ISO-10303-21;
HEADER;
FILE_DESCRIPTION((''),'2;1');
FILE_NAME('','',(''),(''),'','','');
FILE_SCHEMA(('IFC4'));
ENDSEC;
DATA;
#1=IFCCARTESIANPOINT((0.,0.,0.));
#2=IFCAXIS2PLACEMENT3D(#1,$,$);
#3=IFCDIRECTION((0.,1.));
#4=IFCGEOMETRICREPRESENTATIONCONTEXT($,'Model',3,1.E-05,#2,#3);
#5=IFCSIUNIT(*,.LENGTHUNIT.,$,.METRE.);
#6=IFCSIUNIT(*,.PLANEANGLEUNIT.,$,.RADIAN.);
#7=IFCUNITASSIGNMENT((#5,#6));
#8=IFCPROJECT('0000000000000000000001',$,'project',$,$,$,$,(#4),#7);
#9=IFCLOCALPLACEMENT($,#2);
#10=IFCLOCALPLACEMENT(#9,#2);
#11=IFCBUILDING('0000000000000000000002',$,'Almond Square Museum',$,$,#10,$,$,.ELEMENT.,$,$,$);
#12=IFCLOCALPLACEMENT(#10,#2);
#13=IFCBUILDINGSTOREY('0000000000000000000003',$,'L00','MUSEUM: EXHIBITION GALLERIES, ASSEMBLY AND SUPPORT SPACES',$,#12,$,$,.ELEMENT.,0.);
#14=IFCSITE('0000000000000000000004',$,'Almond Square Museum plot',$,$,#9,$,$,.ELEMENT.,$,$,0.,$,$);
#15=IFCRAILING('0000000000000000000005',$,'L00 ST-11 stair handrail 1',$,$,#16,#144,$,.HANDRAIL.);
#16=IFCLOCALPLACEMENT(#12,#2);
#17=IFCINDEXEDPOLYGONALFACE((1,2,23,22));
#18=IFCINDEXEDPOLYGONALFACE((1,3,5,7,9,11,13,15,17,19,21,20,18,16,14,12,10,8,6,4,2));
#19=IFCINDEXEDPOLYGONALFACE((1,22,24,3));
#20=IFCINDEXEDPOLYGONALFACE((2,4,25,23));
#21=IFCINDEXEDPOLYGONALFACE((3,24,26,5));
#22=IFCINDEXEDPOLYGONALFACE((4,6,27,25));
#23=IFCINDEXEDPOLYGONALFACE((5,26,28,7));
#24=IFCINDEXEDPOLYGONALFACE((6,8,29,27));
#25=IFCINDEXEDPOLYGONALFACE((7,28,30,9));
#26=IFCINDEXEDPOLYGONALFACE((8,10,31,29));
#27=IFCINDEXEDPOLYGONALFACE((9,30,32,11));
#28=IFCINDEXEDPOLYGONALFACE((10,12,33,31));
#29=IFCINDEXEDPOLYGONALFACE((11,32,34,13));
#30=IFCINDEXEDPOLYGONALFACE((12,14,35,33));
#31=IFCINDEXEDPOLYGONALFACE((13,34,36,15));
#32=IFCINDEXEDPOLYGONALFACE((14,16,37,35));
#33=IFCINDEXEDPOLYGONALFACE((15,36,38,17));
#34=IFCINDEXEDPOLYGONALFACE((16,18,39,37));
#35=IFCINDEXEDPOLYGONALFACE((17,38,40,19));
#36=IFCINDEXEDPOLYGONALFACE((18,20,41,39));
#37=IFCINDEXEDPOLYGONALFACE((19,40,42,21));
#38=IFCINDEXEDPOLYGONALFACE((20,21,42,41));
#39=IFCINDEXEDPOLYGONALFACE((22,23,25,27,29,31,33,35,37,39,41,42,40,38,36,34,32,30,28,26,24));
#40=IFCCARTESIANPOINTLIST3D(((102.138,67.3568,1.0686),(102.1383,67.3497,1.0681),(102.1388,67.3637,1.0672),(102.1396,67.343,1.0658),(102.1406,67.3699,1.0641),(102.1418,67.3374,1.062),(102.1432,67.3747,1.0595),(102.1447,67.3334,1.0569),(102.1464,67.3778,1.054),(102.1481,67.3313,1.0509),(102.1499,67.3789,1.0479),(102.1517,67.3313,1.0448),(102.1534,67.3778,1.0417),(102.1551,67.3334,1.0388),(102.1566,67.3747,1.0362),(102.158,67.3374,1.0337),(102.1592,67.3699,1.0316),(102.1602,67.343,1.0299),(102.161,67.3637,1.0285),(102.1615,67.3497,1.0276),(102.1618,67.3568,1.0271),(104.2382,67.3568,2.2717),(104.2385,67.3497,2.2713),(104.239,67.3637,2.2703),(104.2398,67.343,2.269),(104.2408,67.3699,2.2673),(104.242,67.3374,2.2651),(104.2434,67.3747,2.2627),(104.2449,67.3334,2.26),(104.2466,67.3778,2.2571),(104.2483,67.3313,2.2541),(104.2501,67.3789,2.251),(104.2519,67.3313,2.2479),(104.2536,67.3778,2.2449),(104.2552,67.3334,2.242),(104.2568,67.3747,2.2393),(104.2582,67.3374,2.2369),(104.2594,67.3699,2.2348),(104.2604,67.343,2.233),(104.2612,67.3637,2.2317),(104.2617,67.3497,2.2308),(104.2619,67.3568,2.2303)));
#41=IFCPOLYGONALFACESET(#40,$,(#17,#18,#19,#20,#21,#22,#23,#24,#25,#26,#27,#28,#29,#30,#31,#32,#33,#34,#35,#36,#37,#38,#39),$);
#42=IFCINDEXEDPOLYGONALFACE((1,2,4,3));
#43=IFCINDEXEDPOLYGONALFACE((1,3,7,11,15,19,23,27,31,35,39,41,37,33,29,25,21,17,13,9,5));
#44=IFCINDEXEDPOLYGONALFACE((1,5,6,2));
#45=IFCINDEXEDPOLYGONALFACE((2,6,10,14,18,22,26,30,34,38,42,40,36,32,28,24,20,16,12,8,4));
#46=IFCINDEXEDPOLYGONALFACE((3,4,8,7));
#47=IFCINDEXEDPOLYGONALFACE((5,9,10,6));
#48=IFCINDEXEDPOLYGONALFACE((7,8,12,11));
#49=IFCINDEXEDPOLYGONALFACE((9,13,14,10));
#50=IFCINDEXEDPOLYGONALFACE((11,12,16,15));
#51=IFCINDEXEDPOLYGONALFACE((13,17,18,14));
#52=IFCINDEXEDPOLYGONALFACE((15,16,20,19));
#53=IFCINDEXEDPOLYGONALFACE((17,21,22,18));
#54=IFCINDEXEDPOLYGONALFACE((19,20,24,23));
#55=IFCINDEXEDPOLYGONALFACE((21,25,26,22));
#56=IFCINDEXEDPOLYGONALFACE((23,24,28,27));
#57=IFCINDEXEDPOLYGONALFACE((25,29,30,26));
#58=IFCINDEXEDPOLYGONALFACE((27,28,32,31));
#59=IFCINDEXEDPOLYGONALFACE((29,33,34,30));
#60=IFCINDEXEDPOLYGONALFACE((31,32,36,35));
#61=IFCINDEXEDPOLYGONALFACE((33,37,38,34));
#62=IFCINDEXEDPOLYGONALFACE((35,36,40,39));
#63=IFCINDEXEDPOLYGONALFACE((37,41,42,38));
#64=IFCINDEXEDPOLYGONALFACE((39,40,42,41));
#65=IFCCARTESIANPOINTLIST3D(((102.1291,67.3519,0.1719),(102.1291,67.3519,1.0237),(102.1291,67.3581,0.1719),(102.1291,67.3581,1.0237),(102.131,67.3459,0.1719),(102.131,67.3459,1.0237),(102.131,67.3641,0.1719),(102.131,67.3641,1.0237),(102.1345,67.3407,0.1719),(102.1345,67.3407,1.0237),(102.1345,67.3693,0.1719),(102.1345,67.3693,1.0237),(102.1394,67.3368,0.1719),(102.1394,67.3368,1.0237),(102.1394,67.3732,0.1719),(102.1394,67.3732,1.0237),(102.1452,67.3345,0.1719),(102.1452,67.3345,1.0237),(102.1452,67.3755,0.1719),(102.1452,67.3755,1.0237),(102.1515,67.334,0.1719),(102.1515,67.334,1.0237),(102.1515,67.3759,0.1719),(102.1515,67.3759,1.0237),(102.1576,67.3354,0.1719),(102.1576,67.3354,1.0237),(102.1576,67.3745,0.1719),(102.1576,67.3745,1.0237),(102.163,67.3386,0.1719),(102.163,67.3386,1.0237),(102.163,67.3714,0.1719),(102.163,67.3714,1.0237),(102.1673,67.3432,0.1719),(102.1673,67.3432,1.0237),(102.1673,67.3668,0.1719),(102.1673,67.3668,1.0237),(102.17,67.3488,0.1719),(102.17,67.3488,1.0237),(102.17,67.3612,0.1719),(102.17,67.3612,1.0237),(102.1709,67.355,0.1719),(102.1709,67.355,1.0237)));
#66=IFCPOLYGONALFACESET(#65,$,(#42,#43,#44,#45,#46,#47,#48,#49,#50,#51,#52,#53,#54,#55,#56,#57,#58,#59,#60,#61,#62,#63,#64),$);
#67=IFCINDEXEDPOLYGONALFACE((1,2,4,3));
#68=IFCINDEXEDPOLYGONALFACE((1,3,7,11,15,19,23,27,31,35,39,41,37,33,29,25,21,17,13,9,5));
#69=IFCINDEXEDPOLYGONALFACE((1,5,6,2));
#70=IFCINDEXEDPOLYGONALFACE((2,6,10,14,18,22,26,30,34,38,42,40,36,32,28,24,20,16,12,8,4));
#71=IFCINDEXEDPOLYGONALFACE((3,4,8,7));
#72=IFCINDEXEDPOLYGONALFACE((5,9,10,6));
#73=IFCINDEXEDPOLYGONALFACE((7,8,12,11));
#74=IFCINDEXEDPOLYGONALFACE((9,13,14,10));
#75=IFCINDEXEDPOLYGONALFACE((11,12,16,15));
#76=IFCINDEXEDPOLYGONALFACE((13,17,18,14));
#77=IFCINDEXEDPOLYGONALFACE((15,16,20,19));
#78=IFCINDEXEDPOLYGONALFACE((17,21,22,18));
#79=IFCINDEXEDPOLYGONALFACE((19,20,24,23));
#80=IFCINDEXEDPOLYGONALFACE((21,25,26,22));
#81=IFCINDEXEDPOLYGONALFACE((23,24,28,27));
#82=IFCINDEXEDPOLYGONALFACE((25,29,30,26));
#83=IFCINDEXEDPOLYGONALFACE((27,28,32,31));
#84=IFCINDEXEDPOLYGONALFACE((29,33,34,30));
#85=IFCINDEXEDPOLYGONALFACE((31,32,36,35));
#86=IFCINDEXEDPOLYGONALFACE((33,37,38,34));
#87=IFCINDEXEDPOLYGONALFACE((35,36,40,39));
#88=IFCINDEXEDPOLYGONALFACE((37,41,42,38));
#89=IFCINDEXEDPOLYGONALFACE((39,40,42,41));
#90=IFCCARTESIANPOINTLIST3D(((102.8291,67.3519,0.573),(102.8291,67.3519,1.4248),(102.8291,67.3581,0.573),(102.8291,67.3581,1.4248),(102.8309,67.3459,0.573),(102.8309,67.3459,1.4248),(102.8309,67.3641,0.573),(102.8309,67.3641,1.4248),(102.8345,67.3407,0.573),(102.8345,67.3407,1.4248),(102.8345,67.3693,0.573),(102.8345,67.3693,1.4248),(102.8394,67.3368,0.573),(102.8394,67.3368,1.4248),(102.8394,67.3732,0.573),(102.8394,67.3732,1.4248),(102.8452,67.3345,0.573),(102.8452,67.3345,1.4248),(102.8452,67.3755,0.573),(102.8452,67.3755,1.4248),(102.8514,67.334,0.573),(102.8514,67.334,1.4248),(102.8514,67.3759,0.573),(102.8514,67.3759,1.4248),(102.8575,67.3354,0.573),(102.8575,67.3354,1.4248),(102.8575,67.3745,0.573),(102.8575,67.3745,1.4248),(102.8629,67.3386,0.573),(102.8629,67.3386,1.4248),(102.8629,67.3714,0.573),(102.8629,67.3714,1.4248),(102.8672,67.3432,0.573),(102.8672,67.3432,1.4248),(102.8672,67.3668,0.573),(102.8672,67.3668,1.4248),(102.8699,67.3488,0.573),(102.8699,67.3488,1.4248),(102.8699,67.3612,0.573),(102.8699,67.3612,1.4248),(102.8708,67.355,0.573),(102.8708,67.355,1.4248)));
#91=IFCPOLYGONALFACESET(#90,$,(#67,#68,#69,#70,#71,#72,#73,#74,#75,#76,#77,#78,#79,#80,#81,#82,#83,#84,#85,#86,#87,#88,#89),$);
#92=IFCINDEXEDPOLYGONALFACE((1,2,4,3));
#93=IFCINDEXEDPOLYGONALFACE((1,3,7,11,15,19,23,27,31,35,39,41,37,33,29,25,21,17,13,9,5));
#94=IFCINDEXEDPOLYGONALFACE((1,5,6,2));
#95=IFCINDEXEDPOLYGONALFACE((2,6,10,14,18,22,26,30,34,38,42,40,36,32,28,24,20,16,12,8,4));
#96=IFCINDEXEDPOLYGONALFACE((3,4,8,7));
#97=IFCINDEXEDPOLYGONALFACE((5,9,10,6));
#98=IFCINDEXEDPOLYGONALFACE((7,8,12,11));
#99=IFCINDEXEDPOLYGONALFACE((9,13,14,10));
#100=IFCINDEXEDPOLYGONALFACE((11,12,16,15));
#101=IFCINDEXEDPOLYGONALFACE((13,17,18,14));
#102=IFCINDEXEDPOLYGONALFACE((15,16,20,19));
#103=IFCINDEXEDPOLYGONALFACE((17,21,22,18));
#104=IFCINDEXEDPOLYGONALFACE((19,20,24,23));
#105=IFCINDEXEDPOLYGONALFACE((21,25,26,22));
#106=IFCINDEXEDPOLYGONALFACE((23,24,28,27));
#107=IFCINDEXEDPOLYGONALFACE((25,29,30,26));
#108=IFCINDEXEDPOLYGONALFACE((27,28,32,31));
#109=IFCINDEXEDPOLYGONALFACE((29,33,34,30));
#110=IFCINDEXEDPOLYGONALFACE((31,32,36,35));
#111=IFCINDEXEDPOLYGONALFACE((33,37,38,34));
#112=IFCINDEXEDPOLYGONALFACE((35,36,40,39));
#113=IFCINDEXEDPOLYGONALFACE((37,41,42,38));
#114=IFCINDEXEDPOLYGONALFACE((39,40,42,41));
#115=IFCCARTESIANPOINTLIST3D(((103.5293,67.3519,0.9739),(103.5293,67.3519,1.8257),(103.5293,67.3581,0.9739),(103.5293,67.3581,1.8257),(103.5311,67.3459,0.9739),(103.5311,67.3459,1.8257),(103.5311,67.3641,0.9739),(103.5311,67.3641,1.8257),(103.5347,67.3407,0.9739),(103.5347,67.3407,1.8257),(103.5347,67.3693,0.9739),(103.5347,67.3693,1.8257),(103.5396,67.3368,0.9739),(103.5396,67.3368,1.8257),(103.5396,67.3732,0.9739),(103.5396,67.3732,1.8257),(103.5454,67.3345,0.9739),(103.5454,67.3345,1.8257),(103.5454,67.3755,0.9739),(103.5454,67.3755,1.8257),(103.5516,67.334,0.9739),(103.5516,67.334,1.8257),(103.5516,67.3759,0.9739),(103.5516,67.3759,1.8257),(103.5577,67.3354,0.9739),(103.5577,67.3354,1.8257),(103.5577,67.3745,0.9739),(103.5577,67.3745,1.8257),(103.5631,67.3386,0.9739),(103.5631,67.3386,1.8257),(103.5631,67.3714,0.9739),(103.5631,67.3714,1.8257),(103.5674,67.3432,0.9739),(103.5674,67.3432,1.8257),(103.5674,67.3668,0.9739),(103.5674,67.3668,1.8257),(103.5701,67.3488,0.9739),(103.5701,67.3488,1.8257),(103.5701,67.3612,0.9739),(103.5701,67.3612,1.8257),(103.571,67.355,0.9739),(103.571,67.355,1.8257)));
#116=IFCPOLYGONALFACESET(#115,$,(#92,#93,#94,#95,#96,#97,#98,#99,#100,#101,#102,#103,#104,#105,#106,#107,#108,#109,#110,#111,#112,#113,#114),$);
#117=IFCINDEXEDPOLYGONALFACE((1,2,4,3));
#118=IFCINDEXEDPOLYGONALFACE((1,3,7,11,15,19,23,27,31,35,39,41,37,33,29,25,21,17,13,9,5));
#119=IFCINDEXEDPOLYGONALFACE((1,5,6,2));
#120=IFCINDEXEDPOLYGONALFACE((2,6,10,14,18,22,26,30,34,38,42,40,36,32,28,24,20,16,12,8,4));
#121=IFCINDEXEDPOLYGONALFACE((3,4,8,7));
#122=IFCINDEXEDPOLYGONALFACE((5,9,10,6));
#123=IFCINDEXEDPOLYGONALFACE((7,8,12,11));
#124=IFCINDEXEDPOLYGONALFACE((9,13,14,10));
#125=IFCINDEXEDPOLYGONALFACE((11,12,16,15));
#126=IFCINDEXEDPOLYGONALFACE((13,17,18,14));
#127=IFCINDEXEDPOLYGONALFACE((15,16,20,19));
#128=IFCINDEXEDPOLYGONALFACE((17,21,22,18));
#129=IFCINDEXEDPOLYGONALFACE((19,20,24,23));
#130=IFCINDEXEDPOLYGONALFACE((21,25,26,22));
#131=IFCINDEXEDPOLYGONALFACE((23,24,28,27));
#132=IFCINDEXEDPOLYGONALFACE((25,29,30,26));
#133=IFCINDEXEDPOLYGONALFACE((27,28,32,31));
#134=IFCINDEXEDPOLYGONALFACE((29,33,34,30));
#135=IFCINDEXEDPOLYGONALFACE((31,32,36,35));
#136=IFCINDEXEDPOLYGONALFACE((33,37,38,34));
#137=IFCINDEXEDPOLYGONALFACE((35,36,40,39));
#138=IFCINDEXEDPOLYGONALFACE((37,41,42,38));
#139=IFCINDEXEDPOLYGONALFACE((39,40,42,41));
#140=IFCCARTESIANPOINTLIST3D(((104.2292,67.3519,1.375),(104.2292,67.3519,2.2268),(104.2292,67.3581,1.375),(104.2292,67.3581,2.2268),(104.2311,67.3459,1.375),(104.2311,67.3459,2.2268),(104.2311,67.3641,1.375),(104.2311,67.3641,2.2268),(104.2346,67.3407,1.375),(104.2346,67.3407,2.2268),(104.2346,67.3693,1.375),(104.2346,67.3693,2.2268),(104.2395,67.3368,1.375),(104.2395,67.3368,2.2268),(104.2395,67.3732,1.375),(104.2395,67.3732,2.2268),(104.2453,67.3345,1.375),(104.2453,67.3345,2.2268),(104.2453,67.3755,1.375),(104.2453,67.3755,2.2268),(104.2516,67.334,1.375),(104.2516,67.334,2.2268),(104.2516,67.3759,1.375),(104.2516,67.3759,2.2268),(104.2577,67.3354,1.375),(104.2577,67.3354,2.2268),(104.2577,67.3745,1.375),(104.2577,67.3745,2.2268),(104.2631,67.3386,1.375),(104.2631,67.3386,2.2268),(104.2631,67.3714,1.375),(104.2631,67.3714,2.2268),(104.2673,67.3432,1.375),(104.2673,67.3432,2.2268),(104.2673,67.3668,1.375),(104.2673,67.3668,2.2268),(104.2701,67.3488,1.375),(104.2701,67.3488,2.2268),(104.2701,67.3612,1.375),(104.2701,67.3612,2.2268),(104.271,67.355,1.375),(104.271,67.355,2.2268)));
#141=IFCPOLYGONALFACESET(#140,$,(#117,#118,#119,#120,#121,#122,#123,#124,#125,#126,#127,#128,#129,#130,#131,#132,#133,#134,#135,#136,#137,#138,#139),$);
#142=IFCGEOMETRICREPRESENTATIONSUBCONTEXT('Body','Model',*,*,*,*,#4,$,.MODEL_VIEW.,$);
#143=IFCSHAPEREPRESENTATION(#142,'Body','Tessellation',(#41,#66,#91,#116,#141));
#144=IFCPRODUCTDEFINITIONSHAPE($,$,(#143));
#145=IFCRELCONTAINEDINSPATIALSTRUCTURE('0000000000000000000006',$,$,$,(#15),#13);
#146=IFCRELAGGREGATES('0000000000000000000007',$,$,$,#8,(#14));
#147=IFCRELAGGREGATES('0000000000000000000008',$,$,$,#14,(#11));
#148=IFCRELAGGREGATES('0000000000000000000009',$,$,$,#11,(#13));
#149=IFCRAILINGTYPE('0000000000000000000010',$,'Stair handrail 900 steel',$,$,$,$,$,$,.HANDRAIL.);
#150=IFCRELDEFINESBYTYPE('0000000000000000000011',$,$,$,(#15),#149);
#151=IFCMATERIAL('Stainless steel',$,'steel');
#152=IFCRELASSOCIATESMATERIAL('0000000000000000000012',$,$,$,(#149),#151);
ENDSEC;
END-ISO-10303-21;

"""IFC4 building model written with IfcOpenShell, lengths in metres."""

from ifc_helpers import new_model, si_unit, direction, frame, origin, origin_2d, place, context, subcontext, project, spatial, circle, extrude, material, type_object, element, save


model = new_model("IFC4")

# Units and contexts
model_context = context("Model", 3, precision=1e-05, world=origin(), true_north=direction((0.0, 1.0)))
body_context = subcontext(model_context, "Body", "Model", "MODEL_VIEW")
ifc_project = project(units=[si_unit("LENGTHUNIT", "METRE"), si_unit("PLANEANGLEUNIT", "RADIAN")], contexts=[model_context])

# Site, building, storey
site_placement = place(None, origin())
site = spatial("IfcSite", under=ifc_project, at=site_placement, Name="Almond Square Museum plot", CompositionType="ELEMENT", RefElevation=0.0)
building_placement = place(site_placement, origin())
building = spatial("IfcBuilding", under=site, at=building_placement, Name="Almond Square Museum", CompositionType="ELEMENT")
storey_placement = place(building_placement, origin())
storey = spatial("IfcBuildingStorey", under=building, at=storey_placement, Name="L00", Description="MUSEUM: EXHIBITION GALLERIES, ASSEMBLY AND SUPPORT SPACES", CompositionType="ELEMENT", Elevation=0.0)

# Railing
ifc_material_1 = material(Name="Stainless steel", Category="steel")
railing_type_1 = type_object("IfcRailingType", Name="Stair handrail 900 steel", PredefinedType="HANDRAIL", material=ifc_material_1)
for number, where, name in (
    (1, (102.1499, 67.355, 0.1719), "L00 ST-11 stair handrail 1"),
):
    element("IfcRailing", number, at=place(storey_placement, frame(where)), inside=storey, type_object=railing_type_1, Name=name, PredefinedType="HANDRAIL", context=body_context, shape_type="SweptSolid", body=[
        extrude(circle(Radius=0.0239, at=origin_2d()), frame((0.0, 0.0, 0.876), z_axis=(0.867696, 0.0, 0.497095), x_axis=(0.0, 1.0, 0.0)), (0.0, 0.0, 1.0), 2.4204),
        extrude(circle(Radius=0.021, at=origin_2d()), origin(), (0.0, 0.0, 1.0), 0.8518),
        extrude(circle(Radius=0.021, at=origin_2d()), frame((0.7, 0.0, 0.4011)), (0.0, 0.0, 1.0), 0.8518),
        extrude(circle(Radius=0.021, at=origin_2d()), frame((1.4001, 0.0, 0.802)), (0.0, 0.0, 1.0), 0.8518),
        extrude(circle(Radius=0.021, at=origin_2d()), frame((2.1001, 0.0, 1.2031)), (0.0, 0.0, 1.0), 0.8518),
    ])

save(model, "model.ifc")
